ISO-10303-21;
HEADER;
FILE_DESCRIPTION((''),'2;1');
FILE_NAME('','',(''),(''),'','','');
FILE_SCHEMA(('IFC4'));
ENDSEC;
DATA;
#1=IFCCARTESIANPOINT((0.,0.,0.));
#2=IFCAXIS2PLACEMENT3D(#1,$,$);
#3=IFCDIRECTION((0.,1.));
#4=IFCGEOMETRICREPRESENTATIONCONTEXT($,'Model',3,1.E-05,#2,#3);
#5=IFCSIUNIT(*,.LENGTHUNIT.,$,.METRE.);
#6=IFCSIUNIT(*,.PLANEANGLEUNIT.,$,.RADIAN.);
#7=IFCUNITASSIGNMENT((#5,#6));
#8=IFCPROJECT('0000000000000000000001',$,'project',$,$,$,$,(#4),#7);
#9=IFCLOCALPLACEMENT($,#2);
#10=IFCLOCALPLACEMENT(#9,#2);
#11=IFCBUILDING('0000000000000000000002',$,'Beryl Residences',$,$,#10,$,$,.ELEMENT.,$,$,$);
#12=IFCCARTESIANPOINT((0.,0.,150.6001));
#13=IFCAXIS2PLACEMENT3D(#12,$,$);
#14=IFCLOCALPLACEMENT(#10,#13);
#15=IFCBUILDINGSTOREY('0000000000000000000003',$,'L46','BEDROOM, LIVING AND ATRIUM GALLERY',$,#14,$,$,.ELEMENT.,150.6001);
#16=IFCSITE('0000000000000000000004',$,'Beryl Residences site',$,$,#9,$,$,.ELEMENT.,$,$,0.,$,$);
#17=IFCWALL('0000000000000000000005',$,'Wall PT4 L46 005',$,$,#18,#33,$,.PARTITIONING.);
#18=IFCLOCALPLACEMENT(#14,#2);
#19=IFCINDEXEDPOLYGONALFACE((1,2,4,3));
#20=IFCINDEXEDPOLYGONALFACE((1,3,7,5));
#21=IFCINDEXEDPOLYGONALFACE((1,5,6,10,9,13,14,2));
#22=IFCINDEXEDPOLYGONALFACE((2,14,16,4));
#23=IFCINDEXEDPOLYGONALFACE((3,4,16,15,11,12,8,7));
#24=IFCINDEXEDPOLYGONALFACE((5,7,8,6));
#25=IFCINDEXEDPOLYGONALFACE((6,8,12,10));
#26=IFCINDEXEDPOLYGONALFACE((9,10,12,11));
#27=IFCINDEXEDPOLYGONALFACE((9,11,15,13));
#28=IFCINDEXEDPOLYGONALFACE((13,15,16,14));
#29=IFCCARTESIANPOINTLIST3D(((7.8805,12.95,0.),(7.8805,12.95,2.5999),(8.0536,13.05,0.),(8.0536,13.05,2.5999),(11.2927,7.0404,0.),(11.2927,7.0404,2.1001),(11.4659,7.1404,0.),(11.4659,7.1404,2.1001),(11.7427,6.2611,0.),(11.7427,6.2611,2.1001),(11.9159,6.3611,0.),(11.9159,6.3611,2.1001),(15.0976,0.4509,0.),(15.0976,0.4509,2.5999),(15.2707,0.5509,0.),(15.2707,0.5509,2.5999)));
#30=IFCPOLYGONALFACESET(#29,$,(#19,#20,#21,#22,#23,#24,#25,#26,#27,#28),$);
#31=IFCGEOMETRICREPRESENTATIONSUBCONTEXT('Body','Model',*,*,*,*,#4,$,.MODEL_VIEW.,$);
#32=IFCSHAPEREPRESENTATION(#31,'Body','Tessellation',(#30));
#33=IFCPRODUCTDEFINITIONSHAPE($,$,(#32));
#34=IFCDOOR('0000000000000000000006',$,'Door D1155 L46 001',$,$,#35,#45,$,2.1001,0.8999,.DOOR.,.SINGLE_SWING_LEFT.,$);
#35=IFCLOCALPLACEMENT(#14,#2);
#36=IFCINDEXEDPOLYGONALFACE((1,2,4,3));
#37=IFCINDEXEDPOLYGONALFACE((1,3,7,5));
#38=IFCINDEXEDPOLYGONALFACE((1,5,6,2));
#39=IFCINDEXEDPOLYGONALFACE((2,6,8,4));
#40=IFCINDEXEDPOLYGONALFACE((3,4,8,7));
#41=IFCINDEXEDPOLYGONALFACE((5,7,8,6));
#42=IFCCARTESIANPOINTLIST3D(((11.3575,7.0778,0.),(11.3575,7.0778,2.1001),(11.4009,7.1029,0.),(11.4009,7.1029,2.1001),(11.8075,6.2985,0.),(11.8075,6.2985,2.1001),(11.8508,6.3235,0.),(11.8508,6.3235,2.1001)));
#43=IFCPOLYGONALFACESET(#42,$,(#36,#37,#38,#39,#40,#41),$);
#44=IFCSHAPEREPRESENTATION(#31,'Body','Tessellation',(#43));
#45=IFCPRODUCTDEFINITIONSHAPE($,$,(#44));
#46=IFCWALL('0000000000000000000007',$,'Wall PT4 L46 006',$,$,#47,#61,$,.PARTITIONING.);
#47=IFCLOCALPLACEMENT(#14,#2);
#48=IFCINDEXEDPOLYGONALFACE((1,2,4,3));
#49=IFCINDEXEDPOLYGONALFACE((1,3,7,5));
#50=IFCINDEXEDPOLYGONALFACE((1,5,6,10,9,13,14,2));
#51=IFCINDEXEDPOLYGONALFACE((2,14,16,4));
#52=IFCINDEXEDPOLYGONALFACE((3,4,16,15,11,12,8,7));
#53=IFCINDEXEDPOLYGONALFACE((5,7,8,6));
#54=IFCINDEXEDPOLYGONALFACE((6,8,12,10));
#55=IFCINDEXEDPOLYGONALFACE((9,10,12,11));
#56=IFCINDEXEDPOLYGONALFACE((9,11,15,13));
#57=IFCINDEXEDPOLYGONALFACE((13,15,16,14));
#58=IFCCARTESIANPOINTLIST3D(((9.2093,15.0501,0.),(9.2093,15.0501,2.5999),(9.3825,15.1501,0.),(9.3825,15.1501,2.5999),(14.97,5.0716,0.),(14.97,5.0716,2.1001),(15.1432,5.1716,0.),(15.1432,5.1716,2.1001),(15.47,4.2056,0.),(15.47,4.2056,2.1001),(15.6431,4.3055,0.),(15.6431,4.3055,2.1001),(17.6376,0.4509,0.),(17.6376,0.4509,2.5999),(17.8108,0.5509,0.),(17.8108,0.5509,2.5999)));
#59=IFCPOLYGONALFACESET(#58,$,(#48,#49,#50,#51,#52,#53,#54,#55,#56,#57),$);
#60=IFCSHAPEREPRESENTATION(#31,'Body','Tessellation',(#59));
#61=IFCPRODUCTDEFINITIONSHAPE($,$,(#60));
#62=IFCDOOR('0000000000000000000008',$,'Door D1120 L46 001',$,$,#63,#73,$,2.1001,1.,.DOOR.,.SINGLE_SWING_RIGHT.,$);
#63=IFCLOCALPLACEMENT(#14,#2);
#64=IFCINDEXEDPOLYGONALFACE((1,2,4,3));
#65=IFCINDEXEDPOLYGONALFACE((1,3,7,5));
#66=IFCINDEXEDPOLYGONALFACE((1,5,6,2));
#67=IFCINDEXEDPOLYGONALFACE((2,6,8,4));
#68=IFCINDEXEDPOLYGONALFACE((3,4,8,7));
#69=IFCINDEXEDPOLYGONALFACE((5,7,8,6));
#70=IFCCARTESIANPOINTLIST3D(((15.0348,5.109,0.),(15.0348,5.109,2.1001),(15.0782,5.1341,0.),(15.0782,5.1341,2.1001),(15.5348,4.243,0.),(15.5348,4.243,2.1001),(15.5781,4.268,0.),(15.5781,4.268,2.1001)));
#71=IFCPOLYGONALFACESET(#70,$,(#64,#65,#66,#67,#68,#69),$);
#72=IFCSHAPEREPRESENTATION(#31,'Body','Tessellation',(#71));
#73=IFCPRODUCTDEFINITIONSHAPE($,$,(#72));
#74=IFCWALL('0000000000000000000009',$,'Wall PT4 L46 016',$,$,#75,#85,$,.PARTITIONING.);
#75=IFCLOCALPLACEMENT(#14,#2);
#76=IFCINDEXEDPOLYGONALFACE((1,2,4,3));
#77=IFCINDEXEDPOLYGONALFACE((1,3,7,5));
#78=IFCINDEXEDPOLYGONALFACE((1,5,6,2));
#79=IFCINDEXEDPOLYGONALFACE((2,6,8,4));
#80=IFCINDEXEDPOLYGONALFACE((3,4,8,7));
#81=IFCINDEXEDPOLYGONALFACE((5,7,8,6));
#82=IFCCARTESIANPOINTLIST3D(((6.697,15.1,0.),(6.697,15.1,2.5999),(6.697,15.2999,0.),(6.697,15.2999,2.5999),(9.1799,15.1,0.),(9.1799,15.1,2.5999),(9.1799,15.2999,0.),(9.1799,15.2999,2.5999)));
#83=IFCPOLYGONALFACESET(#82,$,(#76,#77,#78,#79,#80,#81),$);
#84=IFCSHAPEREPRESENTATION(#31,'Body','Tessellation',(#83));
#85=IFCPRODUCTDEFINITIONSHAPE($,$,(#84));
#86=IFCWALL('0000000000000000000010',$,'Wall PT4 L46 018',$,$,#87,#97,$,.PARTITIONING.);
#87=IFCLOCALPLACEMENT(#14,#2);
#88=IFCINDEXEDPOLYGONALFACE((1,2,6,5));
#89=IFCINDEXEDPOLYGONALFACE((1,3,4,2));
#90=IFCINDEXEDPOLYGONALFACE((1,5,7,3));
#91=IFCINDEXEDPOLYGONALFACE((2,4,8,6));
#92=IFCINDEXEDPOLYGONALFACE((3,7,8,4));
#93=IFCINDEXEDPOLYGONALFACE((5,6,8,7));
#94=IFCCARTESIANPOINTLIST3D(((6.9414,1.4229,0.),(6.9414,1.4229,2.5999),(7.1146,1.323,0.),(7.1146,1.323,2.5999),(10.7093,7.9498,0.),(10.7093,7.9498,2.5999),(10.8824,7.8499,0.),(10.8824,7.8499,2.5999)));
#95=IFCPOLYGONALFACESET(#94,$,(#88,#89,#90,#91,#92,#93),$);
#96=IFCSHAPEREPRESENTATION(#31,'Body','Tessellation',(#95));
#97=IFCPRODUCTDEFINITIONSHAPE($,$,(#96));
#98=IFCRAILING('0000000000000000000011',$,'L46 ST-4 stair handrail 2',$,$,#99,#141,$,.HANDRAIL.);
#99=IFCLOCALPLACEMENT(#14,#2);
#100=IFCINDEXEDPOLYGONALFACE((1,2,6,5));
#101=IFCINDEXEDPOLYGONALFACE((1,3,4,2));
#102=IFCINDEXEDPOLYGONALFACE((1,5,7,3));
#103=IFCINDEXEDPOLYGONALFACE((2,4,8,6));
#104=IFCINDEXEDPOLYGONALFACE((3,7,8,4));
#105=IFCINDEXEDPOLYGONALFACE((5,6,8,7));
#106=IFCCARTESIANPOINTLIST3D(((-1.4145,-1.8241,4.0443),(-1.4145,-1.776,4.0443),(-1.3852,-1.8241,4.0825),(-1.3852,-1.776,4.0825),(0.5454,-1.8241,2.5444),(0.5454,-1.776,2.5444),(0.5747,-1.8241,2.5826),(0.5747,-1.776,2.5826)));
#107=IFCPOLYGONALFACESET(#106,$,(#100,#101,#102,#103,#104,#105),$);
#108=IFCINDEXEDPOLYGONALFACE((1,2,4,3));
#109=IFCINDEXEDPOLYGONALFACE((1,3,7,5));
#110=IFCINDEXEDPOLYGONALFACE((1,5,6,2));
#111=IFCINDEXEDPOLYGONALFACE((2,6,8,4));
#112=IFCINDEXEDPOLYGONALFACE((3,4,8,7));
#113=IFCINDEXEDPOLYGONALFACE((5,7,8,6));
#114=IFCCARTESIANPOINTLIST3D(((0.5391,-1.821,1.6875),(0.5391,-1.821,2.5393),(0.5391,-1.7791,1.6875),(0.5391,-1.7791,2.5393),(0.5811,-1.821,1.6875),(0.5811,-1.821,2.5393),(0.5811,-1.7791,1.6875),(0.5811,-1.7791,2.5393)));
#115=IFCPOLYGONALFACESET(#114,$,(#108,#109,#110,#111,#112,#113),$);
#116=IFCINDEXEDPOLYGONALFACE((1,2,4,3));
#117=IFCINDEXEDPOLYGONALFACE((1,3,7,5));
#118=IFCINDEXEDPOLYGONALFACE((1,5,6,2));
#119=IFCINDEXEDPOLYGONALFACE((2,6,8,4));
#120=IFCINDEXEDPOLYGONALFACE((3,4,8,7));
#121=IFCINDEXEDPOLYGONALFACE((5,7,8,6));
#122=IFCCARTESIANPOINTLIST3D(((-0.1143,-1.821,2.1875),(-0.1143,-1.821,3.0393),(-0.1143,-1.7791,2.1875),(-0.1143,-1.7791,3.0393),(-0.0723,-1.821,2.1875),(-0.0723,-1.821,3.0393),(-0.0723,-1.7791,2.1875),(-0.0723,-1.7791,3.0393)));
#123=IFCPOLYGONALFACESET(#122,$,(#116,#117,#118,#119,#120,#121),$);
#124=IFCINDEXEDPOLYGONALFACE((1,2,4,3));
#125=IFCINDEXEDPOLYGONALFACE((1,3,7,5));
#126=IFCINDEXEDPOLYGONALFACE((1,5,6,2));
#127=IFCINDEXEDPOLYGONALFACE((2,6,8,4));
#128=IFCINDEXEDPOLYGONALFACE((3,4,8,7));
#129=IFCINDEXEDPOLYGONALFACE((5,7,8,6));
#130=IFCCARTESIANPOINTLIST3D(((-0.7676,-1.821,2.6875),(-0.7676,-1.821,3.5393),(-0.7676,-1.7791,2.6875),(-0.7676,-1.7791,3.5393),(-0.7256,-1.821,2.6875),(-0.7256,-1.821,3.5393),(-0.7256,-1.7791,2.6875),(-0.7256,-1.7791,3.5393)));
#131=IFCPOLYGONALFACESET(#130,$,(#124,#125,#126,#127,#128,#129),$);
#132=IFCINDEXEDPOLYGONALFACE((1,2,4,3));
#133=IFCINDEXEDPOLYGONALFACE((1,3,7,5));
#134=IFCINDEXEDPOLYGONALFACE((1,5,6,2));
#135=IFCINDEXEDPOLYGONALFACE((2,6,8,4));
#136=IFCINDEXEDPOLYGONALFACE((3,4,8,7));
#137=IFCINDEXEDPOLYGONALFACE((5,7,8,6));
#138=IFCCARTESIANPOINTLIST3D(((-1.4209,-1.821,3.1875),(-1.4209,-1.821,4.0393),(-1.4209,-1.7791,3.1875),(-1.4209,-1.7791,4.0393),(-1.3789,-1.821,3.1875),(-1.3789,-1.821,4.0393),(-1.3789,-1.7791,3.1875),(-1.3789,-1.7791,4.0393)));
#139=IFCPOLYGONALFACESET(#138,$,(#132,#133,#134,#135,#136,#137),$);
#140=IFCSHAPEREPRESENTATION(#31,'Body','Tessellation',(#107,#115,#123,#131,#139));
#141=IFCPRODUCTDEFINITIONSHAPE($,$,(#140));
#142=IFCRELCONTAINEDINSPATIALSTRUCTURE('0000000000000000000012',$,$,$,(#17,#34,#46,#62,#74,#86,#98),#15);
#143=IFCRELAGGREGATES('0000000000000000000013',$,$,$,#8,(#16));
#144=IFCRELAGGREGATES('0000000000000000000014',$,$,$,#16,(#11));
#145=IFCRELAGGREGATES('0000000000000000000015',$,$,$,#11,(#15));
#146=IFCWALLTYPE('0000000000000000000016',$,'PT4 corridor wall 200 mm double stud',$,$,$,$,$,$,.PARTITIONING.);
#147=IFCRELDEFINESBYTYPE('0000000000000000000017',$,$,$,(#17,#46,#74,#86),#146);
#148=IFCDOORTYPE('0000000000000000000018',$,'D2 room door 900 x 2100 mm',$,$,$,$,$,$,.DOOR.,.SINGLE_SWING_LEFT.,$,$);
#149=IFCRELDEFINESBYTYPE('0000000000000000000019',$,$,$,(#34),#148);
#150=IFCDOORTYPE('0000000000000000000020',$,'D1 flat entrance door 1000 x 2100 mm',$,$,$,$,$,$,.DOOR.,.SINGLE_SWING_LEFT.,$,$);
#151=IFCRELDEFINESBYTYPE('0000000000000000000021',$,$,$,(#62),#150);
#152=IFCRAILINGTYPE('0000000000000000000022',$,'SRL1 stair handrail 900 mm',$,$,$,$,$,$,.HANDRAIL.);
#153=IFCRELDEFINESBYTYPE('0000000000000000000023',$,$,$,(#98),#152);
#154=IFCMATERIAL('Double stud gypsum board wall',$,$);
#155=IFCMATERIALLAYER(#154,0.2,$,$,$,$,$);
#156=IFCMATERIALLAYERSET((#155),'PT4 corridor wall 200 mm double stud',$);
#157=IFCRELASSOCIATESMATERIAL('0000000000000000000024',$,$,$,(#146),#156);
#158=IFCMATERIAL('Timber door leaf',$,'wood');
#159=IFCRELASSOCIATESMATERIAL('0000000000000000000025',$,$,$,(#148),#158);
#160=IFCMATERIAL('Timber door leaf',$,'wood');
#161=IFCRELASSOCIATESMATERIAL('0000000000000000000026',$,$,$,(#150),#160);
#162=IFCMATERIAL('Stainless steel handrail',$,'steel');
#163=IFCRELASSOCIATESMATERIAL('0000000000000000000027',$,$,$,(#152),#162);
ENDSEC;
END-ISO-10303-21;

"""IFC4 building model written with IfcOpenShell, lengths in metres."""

from ifc_helpers import new_model, si_unit, direction, frame, frame_2d, origin, origin_2d, place, context, subcontext, project, spatial, rectangle, extrude, material, layer, layer_set, type_object, element, fill, save


model = new_model("IFC4")

# Units and contexts
model_context = context("Model", 3, precision=1e-05, world=origin(), true_north=direction((0.0, 1.0)))
body_context = subcontext(model_context, "Body", "Model", "MODEL_VIEW")
ifc_project = project(units=[si_unit("LENGTHUNIT", "METRE"), si_unit("PLANEANGLEUNIT", "RADIAN")], contexts=[model_context])

# Site, building, storey
site_placement = place(None, origin())
site = spatial("IfcSite", under=ifc_project, at=site_placement, Name="Beryl Residences site", CompositionType="ELEMENT", RefElevation=0.0)
building_placement = place(site_placement, origin())
building = spatial("IfcBuilding", under=site, at=building_placement, Name="Beryl Residences", CompositionType="ELEMENT")
storey_placement = place(building_placement, frame((0.0, 0.0, 150.6001)))
storey = spatial("IfcBuildingStorey", under=building, at=storey_placement, Name="L46", Description="BEDROOM, LIVING AND ATRIUM GALLERY", CompositionType="ELEMENT", Elevation=150.6001)

# Shared definitions
ifc_material_1 = material(Name="Double stud gypsum board wall")
ifc_layer_1 = layer(ifc_material_1, 0.2)
ifc_layer_set_1 = layer_set([ifc_layer_1], Name="PT4 corridor wall 200 mm double stud")
wall_type_1 = type_object("IfcWallType", Name="PT4 corridor wall 200 mm double stud", PredefinedType="PARTITIONING", material=ifc_layer_set_1)

# Walls, openings, doors
wall_1_placement = place(storey_placement, frame((7.967, 13.0, 0.0), z_axis=(0.0, 0.0, 1.0), x_axis=(0.500038, -0.866004, 0.0)))
wall_1 = element("IfcWall", 1, at=wall_1_placement, inside=storey, type_object=wall_type_1, Name="Wall PT4 L46 005", PredefinedType="PARTITIONING", context=body_context, shape_type="SweptSolid", body=[
    extrude(rectangle(XDim=14.4331, YDim=0.2, at=frame_2d((7.2166, 0.0))), origin(), (0.0, 0.0, 1.0), 2.5999),
])
opening_1_placement = place(wall_1_placement, frame((6.824, 0.0, 0.0)))
opening_1 = element("IfcOpeningElement", 2, at=opening_1_placement, cuts=wall_1, PredefinedType="OPENING", context=body_context, shape_type="SweptSolid", body=[
    extrude(rectangle(XDim=0.8999, YDim=2.1001, at=frame_2d((0.45, 1.05))), frame((0.0, 0.1099, 0.0), z_axis=(0.0, -1.0, 0.0), x_axis=(1.0, 0.0, 0.0)), (0.0, 0.0, 1.0), 0.22),
])
ifc_material_2 = material(Name="Timber door leaf", Category="wood")
door_type_1 = type_object("IfcDoorType", Name="D2 room door 900 x 2100 mm", OperationType="SINGLE_SWING_LEFT", PredefinedType="DOOR", material=ifc_material_2)
door_1_placement = place(opening_1_placement, origin())
door_1 = element("IfcDoor", 3, at=door_1_placement, inside=storey, type_object=door_type_1, Name="Door D1155 L46 001", OperationType="SINGLE_SWING_LEFT", OverallHeight=2.1001, OverallWidth=0.8999, PredefinedType="DOOR", context=body_context, shape_type="SweptSolid", body=[
    extrude(rectangle(XDim=0.8999, YDim=2.1001, at=frame_2d((0.45, 1.05))), frame((0.0, 0.0249, 0.0), z_axis=(0.0, -1.0, 0.0), x_axis=(1.0, 0.0, 0.0)), (0.0, 0.0, 1.0), 0.05),
])
fill(opening_1, door_1)
wall_2_placement = place(storey_placement, frame((9.2959, 15.1001, 0.0), z_axis=(0.0, 0.0, 1.0), x_axis=(0.499974, -0.86604, 0.0)))
wall_2 = element("IfcWall", 4, at=wall_2_placement, inside=storey, type_object=wall_type_1, Name="Wall PT4 L46 006", PredefinedType="PARTITIONING", context=body_context, shape_type="SweptSolid", body=[
    extrude(rectangle(XDim=16.8574, YDim=0.2, at=frame_2d((8.4287, 0.0))), origin(), (0.0, 0.0, 1.0), 2.5999),
])
opening_2_placement = place(wall_2_placement, frame((11.522, 0.0, 0.0)))
opening_2 = element("IfcOpeningElement", 5, at=opening_2_placement, cuts=wall_2, PredefinedType="OPENING", context=body_context, shape_type="SweptSolid", body=[
    extrude(rectangle(XDim=1.0, YDim=2.1001, at=frame_2d((0.5, 1.05))), frame((0.0, 0.1099, 0.0), z_axis=(0.0, -1.0, 0.0), x_axis=(1.0, 0.0, 0.0)), (0.0, 0.0, 1.0), 0.22),
])
ifc_material_3 = material(Name="Timber door leaf", Category="wood")
door_type_2 = type_object("IfcDoorType", Name="D1 flat entrance door 1000 x 2100 mm", OperationType="SINGLE_SWING_LEFT", PredefinedType="DOOR", material=ifc_material_3)
door_2_placement = place(opening_2_placement, origin())
door_2 = element("IfcDoor", 6, at=door_2_placement, inside=storey, type_object=door_type_2, Name="Door D1120 L46 001", OperationType="SINGLE_SWING_RIGHT", OverallHeight=2.1001, OverallWidth=1.0, PredefinedType="DOOR", context=body_context, shape_type="SweptSolid", body=[
    extrude(rectangle(XDim=1.0, YDim=2.1001, at=frame_2d((0.5, 1.05))), frame((0.0, 0.0249, 0.0), z_axis=(0.0, -1.0, 0.0), x_axis=(1.0, 0.0, 0.0)), (0.0, 0.0, 1.0), 0.05),
])
fill(opening_2, door_2)

# Walls
wall_3_placement = place(storey_placement, frame((6.697, 15.2, 0.0), z_axis=(0.0, 0.0, 1.0), x_axis=(1.0, 0.0, 0.0)))
element("IfcWall", 7, at=wall_3_placement, inside=storey, type_object=wall_type_1, Name="Wall PT4 L46 016", PredefinedType="PARTITIONING", context=body_context, shape_type="SweptSolid", body=[
    extrude(rectangle(XDim=2.4829, YDim=0.2, at=frame_2d((1.2415, 0.0))), origin(), (0.0, 0.0, 1.0), 2.5999),
])
wall_4_placement = place(storey_placement, frame((7.0281, 1.373, 0.0), z_axis=(0.0, 0.0, 1.0), x_axis=(0.499954, 0.866052, 0.0)))
element("IfcWall", 8, at=wall_4_placement, inside=storey, type_object=wall_type_1, Name="Wall PT4 L46 018", PredefinedType="PARTITIONING", context=body_context, shape_type="SweptSolid", body=[
    extrude(rectangle(XDim=7.5364, YDim=0.2, at=frame_2d((3.7681, 0.0))), origin(), (0.0, 0.0, 1.0), 2.5999),
])

# Railing
ifc_material_4 = material(Name="Stainless steel handrail", Category="steel")
railing_type_1 = type_object("IfcRailingType", Name="SRL1 stair handrail 900 mm", PredefinedType="HANDRAIL", material=ifc_material_4)
railing_1_placement = place(storey_placement, frame((0.5601, -1.8, 1.6875)))
element("IfcRailing", 9, at=railing_1_placement, inside=storey, type_object=railing_type_1, Name="L46 ST-4 stair handrail 2", PredefinedType="HANDRAIL", context=body_context, shape_type="SweptSolid", body=[
    extrude(rectangle(XDim=0.0481, YDim=0.0481, at=origin_2d()), frame((0.0, 0.0, 0.876), z_axis=(-0.794122, 0.0, 0.607758), x_axis=(0.0, -1.0, 0.0)), (0.0, 0.0, 1.0), 2.468),
    extrude(rectangle(XDim=0.042, YDim=0.042, at=origin_2d()), origin(), (0.0, 0.0, 1.0), 0.8518),
    extrude(rectangle(XDim=0.042, YDim=0.042, at=origin_2d()), frame((-0.6533, 0.0, 0.5)), (0.0, 0.0, 1.0), 0.8518),
    extrude(rectangle(XDim=0.042, YDim=0.042, at=origin_2d()), frame((-1.3066, 0.0, 1.0)), (0.0, 0.0, 1.0), 0.8518),
    extrude(rectangle(XDim=0.042, YDim=0.042, at=origin_2d()), frame((-1.96, 0.0, 1.5)), (0.0, 0.0, 1.0), 0.8518),
])

save(model, "model.ifc")
